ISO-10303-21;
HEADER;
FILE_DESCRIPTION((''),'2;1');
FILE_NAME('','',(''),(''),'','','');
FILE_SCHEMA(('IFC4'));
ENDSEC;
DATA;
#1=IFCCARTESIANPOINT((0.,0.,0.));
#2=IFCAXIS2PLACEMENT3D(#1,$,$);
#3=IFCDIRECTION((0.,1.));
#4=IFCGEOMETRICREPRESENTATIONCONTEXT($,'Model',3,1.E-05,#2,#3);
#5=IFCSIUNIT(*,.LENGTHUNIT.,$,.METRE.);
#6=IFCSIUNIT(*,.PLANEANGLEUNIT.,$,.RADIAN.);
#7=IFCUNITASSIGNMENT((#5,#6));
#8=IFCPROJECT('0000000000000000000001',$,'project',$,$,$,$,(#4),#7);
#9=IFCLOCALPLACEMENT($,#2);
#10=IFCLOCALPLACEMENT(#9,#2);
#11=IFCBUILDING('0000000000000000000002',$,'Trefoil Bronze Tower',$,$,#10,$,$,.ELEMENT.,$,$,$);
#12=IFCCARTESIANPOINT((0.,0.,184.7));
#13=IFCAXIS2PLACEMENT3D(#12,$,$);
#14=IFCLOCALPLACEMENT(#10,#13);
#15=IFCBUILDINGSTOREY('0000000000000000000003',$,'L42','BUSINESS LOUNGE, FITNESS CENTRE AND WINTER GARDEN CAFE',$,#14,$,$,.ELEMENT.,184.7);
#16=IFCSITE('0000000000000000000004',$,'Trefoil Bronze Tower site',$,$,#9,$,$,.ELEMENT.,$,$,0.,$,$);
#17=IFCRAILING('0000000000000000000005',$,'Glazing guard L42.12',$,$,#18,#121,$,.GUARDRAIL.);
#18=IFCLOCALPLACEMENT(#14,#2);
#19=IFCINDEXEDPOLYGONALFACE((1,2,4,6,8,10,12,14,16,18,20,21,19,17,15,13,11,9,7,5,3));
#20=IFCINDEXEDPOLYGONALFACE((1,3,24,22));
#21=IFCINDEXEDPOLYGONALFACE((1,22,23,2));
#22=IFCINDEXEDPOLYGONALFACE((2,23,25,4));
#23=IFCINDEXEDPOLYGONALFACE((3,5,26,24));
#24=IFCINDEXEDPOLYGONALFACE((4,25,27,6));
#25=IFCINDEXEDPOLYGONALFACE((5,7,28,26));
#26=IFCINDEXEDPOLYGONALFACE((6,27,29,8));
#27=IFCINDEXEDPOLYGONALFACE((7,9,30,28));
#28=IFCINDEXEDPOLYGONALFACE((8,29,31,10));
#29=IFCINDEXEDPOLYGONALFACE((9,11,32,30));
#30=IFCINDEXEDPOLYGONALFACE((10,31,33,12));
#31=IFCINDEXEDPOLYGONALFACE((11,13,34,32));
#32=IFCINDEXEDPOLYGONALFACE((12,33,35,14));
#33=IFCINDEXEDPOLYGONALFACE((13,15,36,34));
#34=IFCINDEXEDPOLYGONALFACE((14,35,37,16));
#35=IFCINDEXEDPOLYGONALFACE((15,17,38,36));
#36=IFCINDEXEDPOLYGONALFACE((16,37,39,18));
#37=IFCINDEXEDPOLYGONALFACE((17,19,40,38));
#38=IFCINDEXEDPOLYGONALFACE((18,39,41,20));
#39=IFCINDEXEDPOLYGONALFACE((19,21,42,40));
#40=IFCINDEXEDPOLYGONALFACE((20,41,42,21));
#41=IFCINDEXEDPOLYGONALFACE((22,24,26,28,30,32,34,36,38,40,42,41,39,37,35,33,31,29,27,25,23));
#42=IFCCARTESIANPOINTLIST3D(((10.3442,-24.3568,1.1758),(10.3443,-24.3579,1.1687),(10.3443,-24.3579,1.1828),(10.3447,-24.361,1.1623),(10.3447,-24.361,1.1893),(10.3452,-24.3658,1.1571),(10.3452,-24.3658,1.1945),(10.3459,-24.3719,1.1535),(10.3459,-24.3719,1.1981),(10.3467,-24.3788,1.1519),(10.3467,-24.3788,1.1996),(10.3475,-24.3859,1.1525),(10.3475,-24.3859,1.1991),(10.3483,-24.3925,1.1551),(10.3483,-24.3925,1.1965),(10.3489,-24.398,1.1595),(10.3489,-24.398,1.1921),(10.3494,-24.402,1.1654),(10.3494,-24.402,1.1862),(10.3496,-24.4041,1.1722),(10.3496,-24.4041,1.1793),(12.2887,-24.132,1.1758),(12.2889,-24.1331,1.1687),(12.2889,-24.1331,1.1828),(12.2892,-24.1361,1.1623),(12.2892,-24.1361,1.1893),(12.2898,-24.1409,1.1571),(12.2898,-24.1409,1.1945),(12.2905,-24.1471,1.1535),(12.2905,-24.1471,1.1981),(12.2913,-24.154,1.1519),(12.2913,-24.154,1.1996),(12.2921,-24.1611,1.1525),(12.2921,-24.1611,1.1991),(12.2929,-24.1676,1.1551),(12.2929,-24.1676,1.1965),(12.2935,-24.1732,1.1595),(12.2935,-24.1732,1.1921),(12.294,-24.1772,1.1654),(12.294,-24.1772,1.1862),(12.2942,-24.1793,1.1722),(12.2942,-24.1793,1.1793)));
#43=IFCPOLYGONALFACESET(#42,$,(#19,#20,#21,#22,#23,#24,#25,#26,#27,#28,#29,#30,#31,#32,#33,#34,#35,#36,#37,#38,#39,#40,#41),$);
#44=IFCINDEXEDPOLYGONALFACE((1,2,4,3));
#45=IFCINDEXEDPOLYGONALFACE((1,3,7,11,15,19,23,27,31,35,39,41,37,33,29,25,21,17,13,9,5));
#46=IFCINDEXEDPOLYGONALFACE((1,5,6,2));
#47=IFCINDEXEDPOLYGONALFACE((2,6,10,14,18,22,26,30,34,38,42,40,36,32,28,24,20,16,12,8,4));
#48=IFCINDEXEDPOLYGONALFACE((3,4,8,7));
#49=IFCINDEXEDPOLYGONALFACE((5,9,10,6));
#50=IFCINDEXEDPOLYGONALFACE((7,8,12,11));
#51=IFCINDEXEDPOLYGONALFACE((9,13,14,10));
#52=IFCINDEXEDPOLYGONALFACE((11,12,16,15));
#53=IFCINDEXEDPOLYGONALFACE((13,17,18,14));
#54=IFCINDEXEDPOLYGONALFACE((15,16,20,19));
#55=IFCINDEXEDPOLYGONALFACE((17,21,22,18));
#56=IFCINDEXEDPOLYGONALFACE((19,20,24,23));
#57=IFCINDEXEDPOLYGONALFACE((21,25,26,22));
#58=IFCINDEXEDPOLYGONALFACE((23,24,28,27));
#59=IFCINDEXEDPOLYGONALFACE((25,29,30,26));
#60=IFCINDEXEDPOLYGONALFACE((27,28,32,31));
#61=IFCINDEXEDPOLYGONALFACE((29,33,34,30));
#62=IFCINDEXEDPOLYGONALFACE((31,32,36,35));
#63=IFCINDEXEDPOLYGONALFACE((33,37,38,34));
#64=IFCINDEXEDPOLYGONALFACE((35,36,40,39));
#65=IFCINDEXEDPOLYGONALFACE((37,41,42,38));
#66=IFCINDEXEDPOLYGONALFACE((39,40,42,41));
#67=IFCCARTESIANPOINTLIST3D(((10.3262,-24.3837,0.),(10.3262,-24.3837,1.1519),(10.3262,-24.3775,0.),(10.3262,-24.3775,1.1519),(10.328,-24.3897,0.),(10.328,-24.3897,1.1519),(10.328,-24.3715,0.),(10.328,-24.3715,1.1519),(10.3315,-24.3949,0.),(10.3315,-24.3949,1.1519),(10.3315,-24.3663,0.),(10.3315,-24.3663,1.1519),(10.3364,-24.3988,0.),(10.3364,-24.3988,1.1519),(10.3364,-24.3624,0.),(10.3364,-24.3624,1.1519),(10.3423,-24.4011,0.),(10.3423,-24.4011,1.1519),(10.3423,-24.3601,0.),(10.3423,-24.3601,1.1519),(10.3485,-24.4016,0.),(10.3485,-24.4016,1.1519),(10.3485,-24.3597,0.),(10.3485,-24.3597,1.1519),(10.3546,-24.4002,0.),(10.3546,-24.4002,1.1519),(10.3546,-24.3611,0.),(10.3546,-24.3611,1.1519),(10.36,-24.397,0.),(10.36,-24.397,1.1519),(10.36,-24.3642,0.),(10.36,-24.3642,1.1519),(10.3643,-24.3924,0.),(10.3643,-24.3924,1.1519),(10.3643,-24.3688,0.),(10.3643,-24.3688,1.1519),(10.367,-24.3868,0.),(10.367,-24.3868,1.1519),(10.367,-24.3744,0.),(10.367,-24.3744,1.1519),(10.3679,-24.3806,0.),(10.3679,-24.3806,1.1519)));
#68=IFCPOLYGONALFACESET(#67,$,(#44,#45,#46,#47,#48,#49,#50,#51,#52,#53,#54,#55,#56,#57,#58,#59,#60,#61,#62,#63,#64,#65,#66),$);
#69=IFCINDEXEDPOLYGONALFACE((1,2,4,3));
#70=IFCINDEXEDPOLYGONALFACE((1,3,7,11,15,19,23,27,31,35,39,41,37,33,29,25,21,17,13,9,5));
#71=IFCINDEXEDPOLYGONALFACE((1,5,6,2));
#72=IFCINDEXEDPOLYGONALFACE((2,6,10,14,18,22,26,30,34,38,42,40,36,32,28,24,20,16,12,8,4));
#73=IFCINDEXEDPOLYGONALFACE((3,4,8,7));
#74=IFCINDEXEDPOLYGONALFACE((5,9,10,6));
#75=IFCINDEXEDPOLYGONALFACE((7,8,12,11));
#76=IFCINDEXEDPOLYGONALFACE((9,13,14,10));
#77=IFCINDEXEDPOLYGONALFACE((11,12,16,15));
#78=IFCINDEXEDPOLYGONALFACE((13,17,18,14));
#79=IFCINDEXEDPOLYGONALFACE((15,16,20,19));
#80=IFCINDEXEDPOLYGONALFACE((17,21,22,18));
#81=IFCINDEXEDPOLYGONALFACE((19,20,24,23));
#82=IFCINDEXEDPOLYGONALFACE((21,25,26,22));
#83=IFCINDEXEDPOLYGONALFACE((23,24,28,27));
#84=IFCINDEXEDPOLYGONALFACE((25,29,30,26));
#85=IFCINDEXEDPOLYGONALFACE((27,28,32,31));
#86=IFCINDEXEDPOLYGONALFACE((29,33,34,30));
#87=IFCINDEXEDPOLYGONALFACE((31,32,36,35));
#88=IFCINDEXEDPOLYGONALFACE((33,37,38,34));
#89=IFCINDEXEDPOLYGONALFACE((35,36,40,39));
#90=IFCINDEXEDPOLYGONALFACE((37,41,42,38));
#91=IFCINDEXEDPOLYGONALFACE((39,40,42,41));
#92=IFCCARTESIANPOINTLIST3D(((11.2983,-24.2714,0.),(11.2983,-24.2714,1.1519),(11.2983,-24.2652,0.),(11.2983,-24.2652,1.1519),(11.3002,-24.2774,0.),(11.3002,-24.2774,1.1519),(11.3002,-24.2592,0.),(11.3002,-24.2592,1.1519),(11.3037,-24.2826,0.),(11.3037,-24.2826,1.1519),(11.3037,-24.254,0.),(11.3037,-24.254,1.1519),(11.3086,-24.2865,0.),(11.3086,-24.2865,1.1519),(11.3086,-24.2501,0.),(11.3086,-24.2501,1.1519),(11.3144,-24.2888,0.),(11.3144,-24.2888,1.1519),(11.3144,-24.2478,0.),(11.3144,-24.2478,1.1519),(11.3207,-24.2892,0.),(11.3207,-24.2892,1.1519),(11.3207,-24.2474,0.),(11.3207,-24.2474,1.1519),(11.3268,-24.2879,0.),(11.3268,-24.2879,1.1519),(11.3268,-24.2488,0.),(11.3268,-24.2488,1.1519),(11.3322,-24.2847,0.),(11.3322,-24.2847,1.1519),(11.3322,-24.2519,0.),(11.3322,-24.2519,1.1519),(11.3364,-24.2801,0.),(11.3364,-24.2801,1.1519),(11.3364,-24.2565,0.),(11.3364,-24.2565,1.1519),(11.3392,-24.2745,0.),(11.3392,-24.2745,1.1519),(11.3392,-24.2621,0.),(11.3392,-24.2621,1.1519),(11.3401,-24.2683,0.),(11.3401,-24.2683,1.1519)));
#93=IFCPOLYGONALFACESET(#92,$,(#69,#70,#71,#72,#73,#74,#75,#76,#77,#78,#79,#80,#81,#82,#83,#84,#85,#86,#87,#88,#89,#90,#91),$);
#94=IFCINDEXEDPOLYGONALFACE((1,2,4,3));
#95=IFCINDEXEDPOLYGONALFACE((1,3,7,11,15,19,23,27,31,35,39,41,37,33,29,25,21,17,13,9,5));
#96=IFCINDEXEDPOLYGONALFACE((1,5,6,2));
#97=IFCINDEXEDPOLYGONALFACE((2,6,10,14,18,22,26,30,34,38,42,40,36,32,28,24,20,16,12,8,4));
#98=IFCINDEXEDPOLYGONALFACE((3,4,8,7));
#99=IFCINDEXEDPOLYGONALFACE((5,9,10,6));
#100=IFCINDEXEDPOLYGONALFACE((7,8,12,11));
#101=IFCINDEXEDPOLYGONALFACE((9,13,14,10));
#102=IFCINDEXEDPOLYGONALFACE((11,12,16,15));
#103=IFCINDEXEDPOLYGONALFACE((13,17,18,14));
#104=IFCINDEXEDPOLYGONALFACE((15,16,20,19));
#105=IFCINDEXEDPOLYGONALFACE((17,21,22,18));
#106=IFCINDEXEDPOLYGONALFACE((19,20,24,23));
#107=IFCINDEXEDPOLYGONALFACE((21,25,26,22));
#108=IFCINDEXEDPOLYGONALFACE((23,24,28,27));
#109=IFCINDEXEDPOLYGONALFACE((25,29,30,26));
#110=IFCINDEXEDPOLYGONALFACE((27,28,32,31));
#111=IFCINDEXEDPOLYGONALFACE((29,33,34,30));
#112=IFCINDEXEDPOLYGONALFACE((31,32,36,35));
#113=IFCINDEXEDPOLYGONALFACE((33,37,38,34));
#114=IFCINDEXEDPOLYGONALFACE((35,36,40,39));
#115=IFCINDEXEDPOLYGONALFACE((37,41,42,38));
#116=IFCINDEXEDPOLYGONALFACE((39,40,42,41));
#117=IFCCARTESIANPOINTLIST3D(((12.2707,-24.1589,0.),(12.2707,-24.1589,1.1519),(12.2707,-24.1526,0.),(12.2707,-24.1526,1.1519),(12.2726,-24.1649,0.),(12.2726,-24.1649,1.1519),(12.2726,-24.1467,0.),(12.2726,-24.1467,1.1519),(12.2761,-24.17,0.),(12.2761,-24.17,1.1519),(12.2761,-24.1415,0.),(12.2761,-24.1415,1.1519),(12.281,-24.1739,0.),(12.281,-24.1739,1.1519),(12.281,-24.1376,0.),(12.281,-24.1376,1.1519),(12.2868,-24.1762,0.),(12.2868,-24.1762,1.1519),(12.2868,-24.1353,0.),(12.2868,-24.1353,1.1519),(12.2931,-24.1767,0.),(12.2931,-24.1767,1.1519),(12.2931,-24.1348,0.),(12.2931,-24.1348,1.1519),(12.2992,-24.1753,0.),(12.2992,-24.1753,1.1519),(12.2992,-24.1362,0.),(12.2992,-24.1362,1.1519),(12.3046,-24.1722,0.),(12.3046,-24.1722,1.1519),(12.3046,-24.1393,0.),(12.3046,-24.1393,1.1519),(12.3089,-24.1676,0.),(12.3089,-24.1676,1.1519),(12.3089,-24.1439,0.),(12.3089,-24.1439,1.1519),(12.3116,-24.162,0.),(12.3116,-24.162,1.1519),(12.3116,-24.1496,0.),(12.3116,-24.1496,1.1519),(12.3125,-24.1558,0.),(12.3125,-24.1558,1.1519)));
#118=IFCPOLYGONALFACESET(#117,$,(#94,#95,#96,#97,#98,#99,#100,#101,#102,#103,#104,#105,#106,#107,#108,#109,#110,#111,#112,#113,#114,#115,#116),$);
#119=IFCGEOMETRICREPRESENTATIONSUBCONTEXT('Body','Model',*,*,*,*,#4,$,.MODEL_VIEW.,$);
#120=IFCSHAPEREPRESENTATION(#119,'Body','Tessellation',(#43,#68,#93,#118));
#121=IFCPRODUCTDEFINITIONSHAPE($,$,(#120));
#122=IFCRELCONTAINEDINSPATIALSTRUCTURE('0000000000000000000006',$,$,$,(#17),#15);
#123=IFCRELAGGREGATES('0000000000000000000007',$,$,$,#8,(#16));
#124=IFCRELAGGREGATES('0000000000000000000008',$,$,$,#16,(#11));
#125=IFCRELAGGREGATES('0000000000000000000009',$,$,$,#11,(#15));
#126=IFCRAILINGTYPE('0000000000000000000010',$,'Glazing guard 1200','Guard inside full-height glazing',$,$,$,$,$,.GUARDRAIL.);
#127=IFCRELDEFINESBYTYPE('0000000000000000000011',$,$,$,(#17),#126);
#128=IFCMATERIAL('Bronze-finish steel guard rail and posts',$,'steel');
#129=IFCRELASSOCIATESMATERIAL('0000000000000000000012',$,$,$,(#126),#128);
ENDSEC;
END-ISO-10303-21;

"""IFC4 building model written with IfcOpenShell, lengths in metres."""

from ifc_helpers import new_model, si_unit, direction, frame, origin, origin_2d, place, context, subcontext, project, spatial, circle, extrude, material, type_object, element, save


model = new_model("IFC4")

# Units and contexts
model_context = context("Model", 3, precision=1e-05, world=origin(), true_north=direction((0.0, 1.0)))
body_context = subcontext(model_context, "Body", "Model", "MODEL_VIEW")
ifc_project = project(units=[si_unit("LENGTHUNIT", "METRE"), si_unit("PLANEANGLEUNIT", "RADIAN")], contexts=[model_context])

# Site, building, storey
site_placement = place(None, origin())
site = spatial("IfcSite", under=ifc_project, at=site_placement, Name="Trefoil Bronze Tower site", CompositionType="ELEMENT", RefElevation=0.0)
building_placement = place(site_placement, origin())
building = spatial("IfcBuilding", under=site, at=building_placement, Name="Trefoil Bronze Tower", CompositionType="ELEMENT")
storey_placement = place(building_placement, frame((0.0, 0.0, 184.7)))
storey = spatial("IfcBuildingStorey", under=building, at=storey_placement, Name="L42", Description="BUSINESS LOUNGE, FITNESS CENTRE AND WINTER GARDEN CAFE", CompositionType="ELEMENT", Elevation=184.7)

# Railing
ifc_material_1 = material(Name="Bronze-finish steel guard rail and posts", Category="steel")
railing_type = type_object("IfcRailingType", Name="Glazing guard 1200", Description="Guard inside full-height glazing", PredefinedType="GUARDRAIL", material=ifc_material_1)
railing_1_placement = place(storey_placement, frame((10.3469, -24.3806, 0.0)))
element("IfcRailing", 1, at=railing_1_placement, inside=storey, type_object=railing_type, Name="Glazing guard L42.12", PredefinedType="GUARDRAIL", context=body_context, shape_type="SweptSolid", body=[
    extrude(circle(Radius=0.0239, at=origin_2d()), frame((0.0, 0.0, 1.1758), z_axis=(0.993381, 0.114866, 0.0), x_axis=(-0.114866, 0.993381, 0.0)), (0.0, 0.0, 1.0), 1.9575),
    extrude(circle(Radius=0.021, at=origin_2d()), origin(), (0.0, 0.0, 1.0), 1.1519),
    extrude(circle(Radius=0.021, at=origin_2d()), frame((0.9722, 0.1123, 0.0)), (0.0, 0.0, 1.0), 1.1519),
    extrude(circle(Radius=0.021, at=origin_2d()), frame((1.9446, 0.2249, 0.0)), (0.0, 0.0, 1.0), 1.1519),
])

save(model, "model.ifc")
